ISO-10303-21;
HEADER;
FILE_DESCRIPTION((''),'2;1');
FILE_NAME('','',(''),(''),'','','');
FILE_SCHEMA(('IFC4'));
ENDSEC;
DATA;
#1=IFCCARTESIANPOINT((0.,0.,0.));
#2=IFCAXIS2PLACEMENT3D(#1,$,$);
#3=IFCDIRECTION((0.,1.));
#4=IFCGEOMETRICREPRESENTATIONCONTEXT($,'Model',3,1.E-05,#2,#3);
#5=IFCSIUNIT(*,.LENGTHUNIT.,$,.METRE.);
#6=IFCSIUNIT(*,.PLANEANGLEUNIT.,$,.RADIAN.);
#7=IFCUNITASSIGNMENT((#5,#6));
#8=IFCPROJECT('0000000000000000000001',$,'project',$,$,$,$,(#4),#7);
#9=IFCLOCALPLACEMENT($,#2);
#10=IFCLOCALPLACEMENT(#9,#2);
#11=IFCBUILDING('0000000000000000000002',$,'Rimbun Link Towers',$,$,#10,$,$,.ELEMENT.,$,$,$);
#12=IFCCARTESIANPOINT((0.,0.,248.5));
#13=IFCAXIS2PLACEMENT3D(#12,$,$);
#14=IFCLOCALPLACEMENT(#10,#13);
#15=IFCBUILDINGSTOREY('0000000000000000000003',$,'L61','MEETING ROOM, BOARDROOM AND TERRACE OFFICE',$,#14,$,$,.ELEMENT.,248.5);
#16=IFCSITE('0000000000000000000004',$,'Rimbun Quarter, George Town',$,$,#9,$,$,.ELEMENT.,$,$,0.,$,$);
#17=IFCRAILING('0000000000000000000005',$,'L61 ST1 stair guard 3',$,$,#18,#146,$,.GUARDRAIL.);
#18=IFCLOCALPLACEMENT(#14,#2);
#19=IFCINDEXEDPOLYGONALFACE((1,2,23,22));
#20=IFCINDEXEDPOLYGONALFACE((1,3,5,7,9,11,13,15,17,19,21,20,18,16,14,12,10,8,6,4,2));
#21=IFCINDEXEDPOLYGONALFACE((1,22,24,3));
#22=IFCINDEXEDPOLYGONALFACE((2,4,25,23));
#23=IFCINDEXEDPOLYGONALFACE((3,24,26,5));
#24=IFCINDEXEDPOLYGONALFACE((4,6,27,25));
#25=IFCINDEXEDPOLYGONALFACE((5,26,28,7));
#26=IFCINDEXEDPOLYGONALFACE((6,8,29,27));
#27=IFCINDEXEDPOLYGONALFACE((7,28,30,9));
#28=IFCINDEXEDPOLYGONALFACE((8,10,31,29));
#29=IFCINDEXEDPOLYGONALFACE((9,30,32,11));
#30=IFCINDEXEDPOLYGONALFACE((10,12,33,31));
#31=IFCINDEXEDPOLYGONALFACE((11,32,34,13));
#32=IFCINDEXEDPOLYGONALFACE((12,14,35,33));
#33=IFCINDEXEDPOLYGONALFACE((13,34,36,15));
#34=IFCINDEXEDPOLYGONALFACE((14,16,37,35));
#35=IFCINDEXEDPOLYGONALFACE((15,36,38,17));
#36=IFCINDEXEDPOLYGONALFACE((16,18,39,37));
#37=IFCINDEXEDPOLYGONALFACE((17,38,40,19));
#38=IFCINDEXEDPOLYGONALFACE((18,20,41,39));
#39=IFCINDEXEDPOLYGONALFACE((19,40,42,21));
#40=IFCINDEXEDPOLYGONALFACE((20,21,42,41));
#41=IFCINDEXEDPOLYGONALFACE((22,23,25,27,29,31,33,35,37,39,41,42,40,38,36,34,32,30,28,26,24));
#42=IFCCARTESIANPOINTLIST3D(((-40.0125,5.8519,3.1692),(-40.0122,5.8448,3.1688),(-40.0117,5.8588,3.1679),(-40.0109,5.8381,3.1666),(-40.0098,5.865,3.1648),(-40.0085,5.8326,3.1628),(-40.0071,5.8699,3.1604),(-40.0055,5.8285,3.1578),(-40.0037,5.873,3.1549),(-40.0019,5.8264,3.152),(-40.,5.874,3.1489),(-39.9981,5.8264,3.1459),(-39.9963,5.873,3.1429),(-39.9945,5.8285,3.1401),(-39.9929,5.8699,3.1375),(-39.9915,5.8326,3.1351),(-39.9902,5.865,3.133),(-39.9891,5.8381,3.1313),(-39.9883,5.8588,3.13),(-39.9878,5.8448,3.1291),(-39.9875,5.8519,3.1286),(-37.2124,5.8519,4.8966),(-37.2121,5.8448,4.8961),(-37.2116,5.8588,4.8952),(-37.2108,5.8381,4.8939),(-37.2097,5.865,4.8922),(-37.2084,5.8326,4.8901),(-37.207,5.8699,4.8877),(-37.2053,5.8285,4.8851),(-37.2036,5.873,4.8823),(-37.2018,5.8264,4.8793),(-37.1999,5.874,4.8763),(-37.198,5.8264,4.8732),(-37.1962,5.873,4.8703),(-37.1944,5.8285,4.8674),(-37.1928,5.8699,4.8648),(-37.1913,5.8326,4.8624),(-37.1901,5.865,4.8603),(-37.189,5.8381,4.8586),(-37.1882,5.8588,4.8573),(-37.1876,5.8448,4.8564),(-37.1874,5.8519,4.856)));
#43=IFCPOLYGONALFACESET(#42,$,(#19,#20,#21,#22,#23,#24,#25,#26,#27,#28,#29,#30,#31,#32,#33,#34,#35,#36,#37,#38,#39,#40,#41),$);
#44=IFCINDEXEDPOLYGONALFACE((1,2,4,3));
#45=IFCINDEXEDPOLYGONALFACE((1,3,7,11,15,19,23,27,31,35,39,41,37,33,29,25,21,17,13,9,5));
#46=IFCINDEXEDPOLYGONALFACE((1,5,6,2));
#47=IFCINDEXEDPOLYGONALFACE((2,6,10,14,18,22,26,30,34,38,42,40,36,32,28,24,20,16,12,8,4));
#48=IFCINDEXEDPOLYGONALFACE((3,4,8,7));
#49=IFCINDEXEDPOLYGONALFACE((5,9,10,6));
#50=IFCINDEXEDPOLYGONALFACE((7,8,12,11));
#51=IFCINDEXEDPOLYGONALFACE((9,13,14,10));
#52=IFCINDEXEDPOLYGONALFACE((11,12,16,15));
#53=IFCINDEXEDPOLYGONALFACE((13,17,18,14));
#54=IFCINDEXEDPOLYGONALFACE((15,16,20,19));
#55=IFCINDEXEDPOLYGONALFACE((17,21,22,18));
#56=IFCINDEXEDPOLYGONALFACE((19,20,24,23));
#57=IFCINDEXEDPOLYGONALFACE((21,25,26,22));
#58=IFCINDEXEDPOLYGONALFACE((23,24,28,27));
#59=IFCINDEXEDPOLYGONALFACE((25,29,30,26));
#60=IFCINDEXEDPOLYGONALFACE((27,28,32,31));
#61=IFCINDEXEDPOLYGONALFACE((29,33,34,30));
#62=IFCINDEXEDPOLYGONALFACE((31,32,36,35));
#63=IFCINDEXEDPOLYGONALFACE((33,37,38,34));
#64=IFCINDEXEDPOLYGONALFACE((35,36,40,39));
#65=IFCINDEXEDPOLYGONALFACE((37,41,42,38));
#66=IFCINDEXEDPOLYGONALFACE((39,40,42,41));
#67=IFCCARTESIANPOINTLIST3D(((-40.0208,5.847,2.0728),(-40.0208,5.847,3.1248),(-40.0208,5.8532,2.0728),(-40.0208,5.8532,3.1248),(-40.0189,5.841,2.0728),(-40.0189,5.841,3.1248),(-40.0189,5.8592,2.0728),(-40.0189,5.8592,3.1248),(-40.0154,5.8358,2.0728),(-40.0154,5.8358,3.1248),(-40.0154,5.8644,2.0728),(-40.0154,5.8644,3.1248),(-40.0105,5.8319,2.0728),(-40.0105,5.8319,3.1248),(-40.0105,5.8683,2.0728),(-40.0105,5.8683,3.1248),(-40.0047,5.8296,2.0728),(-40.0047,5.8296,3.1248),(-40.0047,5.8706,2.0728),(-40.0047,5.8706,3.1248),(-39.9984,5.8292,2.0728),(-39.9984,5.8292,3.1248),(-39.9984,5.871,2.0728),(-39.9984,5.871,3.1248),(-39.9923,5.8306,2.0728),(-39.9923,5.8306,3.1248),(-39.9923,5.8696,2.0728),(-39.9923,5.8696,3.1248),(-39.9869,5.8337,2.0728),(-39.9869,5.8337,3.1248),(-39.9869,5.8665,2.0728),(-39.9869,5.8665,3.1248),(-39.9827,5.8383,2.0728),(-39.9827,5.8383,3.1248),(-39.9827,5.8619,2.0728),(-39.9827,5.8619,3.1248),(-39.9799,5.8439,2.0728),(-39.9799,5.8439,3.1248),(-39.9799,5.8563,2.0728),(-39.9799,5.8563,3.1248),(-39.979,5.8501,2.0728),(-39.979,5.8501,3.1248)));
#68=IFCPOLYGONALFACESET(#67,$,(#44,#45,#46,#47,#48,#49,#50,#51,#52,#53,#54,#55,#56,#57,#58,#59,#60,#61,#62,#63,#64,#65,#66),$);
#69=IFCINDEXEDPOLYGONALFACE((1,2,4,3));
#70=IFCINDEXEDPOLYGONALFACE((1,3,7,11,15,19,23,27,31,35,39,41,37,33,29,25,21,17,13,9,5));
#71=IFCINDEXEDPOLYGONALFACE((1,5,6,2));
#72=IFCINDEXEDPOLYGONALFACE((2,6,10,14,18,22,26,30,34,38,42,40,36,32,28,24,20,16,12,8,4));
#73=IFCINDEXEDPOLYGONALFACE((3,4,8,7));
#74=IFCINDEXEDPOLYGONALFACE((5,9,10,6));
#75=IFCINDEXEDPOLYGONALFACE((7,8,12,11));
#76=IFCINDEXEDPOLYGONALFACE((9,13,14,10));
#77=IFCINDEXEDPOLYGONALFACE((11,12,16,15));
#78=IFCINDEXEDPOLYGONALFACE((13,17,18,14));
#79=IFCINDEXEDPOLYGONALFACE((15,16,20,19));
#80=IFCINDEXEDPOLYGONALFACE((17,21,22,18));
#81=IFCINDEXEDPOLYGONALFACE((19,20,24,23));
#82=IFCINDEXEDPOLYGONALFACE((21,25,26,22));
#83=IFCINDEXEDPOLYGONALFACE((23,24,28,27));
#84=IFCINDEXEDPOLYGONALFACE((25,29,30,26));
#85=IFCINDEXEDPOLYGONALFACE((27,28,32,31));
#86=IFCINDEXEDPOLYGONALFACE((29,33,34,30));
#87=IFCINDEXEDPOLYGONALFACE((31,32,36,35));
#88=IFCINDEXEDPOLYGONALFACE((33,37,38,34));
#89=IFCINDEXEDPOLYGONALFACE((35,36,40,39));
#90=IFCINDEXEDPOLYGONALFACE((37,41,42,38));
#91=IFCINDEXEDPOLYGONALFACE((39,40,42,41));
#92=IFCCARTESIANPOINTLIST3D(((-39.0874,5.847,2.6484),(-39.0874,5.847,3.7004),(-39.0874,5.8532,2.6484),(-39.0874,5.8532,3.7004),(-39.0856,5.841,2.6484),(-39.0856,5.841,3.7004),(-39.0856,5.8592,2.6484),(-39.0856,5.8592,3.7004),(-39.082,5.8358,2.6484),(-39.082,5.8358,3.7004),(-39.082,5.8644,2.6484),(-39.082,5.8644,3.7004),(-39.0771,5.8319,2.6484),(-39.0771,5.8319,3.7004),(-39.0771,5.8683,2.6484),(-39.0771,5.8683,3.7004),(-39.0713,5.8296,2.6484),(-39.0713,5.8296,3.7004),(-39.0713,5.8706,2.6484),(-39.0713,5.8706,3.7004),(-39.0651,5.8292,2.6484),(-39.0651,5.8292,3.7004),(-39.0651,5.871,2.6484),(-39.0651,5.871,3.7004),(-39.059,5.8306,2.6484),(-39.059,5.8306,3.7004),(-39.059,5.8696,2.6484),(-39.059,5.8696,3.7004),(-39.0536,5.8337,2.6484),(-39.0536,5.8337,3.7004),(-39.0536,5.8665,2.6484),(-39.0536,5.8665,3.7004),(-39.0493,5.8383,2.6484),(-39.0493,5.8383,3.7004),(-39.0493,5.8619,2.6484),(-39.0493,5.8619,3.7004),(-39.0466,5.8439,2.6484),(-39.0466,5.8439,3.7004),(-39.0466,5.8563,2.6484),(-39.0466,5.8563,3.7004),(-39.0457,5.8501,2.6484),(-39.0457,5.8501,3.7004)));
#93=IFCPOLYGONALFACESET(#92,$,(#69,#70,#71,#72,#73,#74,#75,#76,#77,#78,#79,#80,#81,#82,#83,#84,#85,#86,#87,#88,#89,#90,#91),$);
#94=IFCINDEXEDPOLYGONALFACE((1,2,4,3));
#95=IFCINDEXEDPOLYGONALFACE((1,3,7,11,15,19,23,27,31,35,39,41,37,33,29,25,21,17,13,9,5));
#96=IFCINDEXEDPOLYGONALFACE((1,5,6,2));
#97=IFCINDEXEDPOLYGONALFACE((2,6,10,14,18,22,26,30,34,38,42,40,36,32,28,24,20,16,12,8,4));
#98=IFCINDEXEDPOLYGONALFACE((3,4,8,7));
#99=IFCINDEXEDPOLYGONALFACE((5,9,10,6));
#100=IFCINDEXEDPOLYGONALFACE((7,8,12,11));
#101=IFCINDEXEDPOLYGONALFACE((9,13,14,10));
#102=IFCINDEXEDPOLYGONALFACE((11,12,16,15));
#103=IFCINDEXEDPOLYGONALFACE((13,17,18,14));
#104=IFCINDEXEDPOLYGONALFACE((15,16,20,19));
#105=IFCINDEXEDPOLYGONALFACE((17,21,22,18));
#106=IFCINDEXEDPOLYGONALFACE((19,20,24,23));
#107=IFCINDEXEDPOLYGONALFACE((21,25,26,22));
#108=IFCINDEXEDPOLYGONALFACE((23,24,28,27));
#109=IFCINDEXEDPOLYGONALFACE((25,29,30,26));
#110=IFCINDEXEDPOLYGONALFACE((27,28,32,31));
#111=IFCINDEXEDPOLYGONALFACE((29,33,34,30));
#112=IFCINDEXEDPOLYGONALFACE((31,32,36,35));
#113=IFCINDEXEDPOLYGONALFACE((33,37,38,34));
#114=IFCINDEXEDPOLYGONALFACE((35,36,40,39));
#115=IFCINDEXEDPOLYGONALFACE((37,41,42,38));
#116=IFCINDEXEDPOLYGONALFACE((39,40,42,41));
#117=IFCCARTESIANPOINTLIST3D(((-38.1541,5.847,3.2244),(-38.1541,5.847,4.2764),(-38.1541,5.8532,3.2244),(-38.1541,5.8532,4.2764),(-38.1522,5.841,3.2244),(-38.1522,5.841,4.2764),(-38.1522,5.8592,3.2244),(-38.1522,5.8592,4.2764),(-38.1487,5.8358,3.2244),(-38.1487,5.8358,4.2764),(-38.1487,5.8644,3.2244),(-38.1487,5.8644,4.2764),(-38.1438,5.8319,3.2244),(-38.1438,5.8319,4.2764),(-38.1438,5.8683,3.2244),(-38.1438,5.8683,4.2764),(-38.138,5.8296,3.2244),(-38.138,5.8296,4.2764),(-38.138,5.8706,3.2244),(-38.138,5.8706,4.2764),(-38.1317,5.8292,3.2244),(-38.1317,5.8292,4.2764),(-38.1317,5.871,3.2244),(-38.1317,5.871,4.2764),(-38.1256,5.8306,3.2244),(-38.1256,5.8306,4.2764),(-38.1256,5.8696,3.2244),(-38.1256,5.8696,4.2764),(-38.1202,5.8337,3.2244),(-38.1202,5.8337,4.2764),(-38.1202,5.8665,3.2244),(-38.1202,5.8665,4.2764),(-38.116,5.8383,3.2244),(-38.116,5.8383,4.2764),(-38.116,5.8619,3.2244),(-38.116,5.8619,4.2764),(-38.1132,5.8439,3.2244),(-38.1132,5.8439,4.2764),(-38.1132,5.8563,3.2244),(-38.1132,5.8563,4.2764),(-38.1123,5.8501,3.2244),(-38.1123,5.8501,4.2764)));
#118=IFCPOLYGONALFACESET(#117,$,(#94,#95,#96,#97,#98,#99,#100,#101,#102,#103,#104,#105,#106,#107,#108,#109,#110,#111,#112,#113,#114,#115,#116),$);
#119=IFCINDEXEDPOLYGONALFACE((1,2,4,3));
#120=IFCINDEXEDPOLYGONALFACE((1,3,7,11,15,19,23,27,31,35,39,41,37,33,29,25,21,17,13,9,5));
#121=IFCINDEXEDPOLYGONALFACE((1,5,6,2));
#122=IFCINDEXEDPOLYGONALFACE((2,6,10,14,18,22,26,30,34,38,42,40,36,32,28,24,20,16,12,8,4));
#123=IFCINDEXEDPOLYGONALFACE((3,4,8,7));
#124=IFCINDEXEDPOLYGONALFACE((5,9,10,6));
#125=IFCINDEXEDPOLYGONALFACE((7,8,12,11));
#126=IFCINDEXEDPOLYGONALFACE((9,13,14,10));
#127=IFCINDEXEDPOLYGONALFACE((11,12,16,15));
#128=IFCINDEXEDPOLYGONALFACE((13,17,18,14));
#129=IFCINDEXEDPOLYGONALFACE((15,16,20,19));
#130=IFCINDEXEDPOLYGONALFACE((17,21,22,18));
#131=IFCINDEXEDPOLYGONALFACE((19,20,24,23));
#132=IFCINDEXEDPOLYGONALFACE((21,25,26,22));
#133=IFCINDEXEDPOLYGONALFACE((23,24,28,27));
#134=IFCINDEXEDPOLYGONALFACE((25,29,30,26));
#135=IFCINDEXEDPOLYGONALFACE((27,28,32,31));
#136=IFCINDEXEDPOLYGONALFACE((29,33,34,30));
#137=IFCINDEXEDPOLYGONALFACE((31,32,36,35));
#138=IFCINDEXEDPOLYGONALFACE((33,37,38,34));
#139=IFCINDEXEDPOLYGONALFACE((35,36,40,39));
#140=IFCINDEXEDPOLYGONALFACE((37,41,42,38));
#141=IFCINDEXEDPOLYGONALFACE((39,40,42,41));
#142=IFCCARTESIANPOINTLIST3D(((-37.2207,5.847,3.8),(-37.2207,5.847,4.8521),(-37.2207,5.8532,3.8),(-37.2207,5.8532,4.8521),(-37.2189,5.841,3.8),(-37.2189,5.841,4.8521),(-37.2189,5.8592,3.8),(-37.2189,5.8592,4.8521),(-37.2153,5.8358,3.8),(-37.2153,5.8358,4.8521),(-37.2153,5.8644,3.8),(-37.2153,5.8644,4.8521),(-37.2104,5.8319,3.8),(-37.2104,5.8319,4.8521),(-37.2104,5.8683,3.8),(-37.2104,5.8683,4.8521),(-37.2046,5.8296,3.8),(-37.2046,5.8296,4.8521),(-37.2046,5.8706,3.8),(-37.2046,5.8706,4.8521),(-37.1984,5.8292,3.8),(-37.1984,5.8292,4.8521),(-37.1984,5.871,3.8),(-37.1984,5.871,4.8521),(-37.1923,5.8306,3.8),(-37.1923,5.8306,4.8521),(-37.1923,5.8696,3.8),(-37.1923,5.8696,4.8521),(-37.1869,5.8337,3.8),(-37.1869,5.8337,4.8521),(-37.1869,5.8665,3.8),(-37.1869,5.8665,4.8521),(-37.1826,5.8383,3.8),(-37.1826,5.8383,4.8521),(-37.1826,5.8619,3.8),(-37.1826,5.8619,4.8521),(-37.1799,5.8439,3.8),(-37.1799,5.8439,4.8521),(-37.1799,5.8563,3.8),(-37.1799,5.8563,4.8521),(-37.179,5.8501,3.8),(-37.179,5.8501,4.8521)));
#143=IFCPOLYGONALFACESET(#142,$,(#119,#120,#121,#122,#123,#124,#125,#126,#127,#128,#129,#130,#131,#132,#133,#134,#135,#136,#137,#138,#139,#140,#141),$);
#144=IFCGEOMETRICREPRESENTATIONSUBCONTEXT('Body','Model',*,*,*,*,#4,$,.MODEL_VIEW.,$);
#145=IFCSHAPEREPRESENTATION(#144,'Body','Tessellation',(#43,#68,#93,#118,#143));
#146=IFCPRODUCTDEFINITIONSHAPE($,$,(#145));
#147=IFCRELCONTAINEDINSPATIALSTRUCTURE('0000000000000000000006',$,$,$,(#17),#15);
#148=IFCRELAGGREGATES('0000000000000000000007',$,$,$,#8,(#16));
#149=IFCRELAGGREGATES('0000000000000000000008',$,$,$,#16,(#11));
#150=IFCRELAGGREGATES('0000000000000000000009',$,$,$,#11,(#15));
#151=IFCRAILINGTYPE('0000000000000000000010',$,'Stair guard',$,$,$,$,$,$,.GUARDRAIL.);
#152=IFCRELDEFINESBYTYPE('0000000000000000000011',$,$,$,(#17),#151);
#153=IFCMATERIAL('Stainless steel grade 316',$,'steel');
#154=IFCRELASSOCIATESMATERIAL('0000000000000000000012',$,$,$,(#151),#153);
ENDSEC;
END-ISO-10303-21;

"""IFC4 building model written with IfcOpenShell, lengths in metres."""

from ifc_helpers import new_model, si_unit, direction, frame, origin, origin_2d, place, context, subcontext, project, spatial, circle, extrude, material, type_object, element, save


model = new_model("IFC4")

# Units and contexts
model_context = context("Model", 3, precision=1e-05, world=origin(), true_north=direction((0.0, 1.0)))
body_context = subcontext(model_context, "Body", "Model", "MODEL_VIEW")
ifc_project = project(units=[si_unit("LENGTHUNIT", "METRE"), si_unit("PLANEANGLEUNIT", "RADIAN")], contexts=[model_context])

# Site, building, storey
site_placement = place(None, origin())
site = spatial("IfcSite", under=ifc_project, at=site_placement, Name="Rimbun Quarter, George Town", CompositionType="ELEMENT", RefElevation=0.0)
building_placement = place(site_placement, origin())
building = spatial("IfcBuilding", under=site, at=building_placement, Name="Rimbun Link Towers", CompositionType="ELEMENT")
storey_placement = place(building_placement, frame((0.0, 0.0, 248.5)))
storey = spatial("IfcBuildingStorey", under=building, at=storey_placement, Name="L61", Description="MEETING ROOM, BOARDROOM AND TERRACE OFFICE", CompositionType="ELEMENT", Elevation=248.5)

# Railing
ifc_material_1 = material(Name="Stainless steel grade 316", Category="steel")
railing_type_1 = type_object("IfcRailingType", Name="Stair guard", PredefinedType="GUARDRAIL", material=ifc_material_1)
railing_1_placement = place(storey_placement, frame((-40.0, 5.8501, 2.0728)))
element("IfcRailing", 1, at=railing_1_placement, inside=storey, type_object=railing_type_1, Name="L61 ST1 stair guard 3", PredefinedType="GUARDRAIL", context=body_context, shape_type="SweptSolid", body=[
    extrude(circle(Radius=0.0239, at=origin_2d()), frame((0.0, 0.0, 1.0762), z_axis=(0.85109, 0.0, 0.52502), x_axis=(0.0, 1.0, 0.0)), (0.0, 0.0, 1.0), 3.29),
    extrude(circle(Radius=0.021, at=origin_2d()), origin(), (0.0, 0.0, 1.0), 1.052),
    extrude(circle(Radius=0.021, at=origin_2d()), frame((0.9333, 0.0, 0.5757)), (0.0, 0.0, 1.0), 1.052),
    extrude(circle(Radius=0.021, at=origin_2d()), frame((1.8667, 0.0, 1.1516)), (0.0, 0.0, 1.0), 1.052),
    extrude(circle(Radius=0.021, at=origin_2d()), frame((2.8, 0.0, 1.7273)), (0.0, 0.0, 1.0), 1.052),
])

save(model, "model.ifc")
